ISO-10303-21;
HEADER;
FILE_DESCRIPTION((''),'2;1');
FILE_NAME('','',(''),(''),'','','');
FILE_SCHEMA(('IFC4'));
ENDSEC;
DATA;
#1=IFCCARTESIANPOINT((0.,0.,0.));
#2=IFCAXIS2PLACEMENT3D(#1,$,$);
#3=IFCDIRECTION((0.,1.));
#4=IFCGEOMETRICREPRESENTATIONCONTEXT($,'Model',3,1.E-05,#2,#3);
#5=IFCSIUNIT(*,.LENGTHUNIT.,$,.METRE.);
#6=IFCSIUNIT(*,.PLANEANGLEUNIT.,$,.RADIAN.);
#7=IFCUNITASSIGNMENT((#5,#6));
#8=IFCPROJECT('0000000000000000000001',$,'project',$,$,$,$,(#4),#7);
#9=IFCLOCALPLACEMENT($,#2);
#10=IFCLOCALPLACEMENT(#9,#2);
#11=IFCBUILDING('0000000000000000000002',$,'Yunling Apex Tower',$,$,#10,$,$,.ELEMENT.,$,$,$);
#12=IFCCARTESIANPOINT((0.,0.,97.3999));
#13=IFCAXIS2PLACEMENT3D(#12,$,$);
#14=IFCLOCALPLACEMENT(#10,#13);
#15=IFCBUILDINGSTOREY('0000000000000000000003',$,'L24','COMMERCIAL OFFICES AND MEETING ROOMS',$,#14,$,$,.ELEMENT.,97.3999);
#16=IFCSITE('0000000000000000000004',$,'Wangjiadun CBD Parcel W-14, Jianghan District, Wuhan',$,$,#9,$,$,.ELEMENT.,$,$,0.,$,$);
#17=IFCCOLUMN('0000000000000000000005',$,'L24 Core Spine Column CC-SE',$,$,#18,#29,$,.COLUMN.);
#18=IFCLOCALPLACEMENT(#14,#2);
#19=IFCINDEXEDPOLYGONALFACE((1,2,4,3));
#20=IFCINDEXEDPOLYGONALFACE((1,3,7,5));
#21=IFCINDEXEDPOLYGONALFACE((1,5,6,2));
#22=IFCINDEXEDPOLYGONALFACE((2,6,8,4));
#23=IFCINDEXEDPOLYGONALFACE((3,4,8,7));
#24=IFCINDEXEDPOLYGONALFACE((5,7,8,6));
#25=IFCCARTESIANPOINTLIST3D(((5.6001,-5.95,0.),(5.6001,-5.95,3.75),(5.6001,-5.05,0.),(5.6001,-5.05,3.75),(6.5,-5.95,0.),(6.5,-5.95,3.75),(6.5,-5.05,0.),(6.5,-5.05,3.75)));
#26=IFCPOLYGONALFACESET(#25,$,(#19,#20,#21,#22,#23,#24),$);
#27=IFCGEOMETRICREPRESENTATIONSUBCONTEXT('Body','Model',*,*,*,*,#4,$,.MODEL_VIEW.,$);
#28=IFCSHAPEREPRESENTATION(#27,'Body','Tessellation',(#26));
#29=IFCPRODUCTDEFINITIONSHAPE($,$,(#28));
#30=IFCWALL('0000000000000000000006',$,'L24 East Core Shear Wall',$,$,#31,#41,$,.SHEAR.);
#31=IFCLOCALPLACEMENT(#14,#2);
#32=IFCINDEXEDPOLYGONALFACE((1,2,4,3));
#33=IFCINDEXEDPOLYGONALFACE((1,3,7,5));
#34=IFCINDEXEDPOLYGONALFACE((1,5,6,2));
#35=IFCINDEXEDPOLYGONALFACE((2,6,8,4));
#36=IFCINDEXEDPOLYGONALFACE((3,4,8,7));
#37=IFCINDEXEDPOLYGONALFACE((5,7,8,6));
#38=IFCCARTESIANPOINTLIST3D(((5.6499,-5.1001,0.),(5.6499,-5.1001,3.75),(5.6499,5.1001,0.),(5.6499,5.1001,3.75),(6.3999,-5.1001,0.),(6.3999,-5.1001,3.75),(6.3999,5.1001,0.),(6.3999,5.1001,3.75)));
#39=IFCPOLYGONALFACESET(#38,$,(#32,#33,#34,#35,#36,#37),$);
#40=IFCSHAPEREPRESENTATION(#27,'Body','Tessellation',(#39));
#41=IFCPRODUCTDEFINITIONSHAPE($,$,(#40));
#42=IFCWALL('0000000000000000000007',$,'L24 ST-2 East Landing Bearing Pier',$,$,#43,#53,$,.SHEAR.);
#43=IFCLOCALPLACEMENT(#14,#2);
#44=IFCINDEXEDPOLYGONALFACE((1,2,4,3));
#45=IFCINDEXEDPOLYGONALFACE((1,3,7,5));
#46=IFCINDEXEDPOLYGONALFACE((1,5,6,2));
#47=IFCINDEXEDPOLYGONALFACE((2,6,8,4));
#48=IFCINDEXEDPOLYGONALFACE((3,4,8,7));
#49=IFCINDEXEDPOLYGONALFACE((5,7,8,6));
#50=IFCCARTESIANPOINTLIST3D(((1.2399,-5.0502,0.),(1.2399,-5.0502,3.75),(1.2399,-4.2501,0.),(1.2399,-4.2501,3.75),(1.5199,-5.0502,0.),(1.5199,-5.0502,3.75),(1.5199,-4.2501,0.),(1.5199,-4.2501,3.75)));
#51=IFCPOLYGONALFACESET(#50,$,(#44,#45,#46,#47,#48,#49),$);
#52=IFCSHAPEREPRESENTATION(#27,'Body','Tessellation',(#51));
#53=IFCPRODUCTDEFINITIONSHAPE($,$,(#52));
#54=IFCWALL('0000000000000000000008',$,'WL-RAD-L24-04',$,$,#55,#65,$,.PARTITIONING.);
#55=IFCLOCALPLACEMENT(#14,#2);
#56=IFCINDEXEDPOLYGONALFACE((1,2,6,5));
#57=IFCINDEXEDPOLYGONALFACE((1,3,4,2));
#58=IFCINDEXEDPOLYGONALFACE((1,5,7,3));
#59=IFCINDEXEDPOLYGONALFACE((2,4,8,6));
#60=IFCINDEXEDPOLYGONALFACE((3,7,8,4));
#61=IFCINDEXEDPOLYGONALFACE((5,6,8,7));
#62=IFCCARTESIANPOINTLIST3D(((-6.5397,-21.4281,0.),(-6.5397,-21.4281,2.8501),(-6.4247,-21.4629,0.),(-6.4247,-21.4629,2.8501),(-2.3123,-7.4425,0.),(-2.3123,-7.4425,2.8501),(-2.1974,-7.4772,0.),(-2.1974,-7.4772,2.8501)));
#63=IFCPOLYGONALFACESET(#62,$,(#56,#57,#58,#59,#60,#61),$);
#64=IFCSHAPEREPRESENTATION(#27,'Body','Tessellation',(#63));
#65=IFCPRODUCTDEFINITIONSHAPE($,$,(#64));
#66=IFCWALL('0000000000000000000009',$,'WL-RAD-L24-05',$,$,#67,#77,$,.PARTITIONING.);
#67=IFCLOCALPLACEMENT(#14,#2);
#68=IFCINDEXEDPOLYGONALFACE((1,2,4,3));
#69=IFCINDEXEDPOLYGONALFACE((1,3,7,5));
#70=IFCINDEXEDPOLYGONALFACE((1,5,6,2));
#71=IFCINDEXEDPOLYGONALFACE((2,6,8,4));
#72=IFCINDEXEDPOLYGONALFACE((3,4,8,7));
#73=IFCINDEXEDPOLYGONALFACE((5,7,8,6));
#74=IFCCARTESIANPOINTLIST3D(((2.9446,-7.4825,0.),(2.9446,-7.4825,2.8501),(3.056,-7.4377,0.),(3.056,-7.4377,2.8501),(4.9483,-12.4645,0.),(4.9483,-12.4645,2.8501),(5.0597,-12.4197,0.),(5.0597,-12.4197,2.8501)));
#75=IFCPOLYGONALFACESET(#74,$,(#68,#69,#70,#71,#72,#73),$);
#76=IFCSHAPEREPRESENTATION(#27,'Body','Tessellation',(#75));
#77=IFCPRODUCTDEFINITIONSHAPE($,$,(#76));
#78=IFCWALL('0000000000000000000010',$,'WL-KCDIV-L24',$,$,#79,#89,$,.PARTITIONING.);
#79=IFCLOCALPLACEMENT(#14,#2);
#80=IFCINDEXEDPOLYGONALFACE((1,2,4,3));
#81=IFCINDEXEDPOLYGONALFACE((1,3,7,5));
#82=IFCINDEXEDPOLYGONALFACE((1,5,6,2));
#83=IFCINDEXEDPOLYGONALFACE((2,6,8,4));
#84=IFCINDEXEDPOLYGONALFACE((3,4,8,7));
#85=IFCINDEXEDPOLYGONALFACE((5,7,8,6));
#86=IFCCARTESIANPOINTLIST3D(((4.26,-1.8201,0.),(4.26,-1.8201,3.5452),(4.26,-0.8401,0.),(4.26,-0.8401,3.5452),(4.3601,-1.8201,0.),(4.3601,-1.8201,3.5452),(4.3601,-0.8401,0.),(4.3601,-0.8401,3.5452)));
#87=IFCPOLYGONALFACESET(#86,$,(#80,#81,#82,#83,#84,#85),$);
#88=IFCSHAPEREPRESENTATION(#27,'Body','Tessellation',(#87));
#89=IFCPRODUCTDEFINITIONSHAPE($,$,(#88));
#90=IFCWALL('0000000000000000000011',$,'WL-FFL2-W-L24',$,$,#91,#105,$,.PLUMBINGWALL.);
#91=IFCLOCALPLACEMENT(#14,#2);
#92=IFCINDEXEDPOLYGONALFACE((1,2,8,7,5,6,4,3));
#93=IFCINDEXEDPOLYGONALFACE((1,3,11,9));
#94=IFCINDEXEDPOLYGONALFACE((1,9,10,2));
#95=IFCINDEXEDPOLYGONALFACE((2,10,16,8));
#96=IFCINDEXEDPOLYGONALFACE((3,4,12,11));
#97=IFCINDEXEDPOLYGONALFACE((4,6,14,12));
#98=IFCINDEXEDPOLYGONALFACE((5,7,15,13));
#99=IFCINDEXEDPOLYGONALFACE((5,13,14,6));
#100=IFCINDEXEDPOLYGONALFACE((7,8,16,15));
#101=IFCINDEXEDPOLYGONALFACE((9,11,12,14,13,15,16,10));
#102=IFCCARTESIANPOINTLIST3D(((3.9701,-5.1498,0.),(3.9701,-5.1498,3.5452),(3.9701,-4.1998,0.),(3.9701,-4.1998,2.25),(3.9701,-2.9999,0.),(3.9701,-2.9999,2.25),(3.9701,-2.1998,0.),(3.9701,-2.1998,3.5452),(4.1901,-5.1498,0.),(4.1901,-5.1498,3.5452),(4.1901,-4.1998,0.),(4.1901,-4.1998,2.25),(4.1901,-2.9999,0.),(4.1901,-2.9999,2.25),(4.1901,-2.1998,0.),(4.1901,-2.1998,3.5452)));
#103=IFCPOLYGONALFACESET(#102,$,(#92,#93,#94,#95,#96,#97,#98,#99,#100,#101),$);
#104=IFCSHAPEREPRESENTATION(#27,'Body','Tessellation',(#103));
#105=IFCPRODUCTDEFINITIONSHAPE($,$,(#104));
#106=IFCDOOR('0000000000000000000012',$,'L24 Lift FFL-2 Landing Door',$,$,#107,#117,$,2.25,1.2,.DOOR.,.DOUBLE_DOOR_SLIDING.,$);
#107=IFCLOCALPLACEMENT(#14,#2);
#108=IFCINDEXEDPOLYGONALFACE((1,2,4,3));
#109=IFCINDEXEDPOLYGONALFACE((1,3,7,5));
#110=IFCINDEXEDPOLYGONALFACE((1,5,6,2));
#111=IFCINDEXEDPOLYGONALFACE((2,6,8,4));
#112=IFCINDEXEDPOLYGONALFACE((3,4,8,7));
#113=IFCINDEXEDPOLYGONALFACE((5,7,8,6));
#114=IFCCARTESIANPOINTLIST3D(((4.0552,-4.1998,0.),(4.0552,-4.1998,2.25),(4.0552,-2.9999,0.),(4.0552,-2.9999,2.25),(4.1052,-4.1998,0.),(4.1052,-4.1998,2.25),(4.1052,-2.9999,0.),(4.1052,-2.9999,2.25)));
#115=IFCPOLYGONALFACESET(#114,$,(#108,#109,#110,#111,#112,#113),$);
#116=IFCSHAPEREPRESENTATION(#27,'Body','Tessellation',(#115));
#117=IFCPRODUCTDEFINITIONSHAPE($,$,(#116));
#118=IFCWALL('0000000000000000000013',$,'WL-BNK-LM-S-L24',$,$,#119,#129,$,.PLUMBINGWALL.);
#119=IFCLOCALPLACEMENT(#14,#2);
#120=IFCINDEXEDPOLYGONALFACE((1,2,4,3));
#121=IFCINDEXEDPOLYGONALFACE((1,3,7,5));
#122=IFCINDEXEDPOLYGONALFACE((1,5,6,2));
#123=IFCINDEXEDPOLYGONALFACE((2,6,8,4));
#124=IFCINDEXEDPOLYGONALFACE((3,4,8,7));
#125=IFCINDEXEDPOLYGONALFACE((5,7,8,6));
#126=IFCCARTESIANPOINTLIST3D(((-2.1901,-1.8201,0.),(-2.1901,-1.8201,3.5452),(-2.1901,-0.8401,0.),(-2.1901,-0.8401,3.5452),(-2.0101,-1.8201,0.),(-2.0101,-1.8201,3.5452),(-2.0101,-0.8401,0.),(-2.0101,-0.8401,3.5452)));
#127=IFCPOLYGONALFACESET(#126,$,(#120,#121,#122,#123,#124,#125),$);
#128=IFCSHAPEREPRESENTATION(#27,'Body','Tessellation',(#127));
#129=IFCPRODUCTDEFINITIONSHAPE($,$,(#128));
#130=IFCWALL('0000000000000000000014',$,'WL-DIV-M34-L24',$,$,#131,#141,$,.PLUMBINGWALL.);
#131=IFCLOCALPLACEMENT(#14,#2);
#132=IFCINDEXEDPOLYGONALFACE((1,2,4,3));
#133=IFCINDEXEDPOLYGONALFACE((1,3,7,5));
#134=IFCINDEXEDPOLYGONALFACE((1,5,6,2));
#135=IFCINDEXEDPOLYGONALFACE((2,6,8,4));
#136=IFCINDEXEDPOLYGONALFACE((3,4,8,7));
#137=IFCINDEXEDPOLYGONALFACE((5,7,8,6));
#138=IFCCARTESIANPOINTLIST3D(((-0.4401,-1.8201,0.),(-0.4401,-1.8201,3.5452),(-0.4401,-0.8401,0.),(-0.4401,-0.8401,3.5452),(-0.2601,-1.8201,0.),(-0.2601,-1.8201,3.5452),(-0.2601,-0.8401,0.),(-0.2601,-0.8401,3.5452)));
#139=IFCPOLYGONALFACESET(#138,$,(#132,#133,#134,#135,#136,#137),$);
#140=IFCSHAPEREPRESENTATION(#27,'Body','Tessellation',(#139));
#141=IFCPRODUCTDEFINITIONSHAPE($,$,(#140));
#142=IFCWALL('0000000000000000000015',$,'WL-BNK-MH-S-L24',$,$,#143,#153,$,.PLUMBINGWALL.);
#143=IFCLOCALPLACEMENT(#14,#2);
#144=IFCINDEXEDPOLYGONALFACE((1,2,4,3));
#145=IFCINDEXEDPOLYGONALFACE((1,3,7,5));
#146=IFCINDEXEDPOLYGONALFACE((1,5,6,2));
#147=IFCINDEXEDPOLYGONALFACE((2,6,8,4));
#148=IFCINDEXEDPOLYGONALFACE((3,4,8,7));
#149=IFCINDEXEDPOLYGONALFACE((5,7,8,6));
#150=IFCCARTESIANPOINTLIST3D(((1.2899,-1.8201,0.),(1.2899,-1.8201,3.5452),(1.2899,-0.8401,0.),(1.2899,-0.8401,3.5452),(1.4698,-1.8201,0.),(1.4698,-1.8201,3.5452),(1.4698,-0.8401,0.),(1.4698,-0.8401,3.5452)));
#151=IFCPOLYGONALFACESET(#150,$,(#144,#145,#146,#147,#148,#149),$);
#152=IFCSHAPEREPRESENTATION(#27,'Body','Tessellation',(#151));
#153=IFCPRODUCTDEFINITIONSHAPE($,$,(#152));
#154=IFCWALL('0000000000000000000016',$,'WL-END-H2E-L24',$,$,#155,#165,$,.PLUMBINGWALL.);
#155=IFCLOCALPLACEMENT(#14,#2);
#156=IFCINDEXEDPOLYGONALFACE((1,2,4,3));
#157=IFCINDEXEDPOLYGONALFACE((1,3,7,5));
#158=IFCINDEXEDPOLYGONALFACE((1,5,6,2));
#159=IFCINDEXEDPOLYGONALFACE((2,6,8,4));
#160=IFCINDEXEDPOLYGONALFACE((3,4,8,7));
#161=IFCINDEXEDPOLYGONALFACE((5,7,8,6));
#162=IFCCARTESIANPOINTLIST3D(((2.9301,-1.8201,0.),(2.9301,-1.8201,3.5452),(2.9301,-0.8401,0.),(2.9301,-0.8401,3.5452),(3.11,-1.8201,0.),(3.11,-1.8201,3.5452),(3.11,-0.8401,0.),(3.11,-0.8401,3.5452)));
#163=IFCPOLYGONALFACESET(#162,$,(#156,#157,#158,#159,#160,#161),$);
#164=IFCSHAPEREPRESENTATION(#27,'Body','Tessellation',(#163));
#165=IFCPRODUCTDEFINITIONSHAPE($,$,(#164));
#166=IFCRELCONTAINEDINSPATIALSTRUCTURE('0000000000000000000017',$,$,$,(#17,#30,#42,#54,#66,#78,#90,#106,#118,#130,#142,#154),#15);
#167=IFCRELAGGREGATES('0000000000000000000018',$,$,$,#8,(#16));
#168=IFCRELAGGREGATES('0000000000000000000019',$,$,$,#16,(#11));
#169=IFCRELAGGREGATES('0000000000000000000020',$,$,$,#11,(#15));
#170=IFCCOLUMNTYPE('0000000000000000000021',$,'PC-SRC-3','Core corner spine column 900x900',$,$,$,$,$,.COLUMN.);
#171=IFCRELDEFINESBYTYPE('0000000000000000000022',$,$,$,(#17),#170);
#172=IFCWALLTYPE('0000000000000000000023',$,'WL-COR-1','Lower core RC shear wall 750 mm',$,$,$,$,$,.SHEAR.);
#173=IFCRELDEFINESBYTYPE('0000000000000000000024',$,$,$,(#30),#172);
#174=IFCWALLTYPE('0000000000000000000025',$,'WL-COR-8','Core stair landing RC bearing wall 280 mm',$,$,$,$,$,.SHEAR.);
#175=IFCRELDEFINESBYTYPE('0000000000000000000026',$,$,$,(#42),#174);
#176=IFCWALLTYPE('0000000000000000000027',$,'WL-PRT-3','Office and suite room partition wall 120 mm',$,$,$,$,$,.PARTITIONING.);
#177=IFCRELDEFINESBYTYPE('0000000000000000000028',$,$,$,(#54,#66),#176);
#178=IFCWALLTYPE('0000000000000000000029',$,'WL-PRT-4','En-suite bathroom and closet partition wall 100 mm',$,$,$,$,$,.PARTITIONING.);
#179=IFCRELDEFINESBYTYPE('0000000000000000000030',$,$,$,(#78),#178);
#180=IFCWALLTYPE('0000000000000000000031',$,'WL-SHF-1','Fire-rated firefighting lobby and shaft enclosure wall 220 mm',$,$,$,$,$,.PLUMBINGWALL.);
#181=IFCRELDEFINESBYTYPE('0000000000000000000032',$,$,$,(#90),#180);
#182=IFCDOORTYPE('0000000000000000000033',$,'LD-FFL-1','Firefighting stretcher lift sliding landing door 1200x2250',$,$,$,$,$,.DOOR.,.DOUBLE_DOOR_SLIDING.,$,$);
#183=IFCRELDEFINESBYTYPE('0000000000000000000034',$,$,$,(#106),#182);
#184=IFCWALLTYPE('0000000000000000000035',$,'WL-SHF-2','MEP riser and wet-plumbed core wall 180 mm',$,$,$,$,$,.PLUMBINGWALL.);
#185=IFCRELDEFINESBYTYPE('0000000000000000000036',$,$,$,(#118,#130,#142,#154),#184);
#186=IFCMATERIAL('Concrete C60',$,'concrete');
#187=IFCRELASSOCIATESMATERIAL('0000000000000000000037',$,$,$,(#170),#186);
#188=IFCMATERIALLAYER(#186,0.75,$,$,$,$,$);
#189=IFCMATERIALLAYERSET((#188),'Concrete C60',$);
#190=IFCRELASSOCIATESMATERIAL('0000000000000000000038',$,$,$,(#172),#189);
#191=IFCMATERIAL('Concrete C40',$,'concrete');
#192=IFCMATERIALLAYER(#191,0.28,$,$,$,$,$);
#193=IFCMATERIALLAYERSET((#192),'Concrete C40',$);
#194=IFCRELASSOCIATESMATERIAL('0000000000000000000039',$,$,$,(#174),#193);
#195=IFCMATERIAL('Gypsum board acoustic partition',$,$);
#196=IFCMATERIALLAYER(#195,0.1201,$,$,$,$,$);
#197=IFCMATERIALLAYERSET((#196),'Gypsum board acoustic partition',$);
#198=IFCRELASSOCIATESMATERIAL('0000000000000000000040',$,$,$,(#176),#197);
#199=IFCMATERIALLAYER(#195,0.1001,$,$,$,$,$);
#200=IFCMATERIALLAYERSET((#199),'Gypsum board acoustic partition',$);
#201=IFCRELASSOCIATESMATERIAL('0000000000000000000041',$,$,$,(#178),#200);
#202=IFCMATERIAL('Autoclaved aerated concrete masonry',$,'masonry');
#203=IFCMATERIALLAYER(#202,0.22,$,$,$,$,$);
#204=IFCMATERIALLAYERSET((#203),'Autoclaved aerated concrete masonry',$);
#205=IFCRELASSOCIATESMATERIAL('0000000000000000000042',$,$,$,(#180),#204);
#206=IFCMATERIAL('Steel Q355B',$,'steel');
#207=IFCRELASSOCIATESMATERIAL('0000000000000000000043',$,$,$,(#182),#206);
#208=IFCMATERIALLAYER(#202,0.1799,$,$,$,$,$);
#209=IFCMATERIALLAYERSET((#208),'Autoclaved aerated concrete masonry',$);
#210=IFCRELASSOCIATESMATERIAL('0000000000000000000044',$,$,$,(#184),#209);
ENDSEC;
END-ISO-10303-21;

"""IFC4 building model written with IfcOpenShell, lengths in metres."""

from ifc_helpers import new_model, si_unit, direction, frame, frame_2d, origin, origin_2d, place, context, subcontext, project, spatial, rectangle, extrude, source, transform, mapped, material, layer, layer_set, material_profile, profile_set, type_object, element, fill, save


model = new_model("IFC4")

# Units and contexts
model_context = context("Model", 3, precision=1e-05, world=origin(), true_north=direction((0.0, 1.0)))
body_context = subcontext(model_context, "Body", "Model", "MODEL_VIEW")
ifc_project = project(units=[si_unit("LENGTHUNIT", "METRE"), si_unit("PLANEANGLEUNIT", "RADIAN")], contexts=[model_context])

# Site, building, storey
site_placement = place(None, origin())
site = spatial("IfcSite", under=ifc_project, at=site_placement, Name="Wangjiadun CBD Parcel W-14, Jianghan District, Wuhan", CompositionType="ELEMENT", RefElevation=0.0)
building_placement = place(site_placement, origin())
building = spatial("IfcBuilding", under=site, at=building_placement, Name="Yunling Apex Tower", CompositionType="ELEMENT")
storey_placement = place(building_placement, frame((0.0, 0.0, 97.3999)))
storey = spatial("IfcBuildingStorey", under=building, at=storey_placement, Name="L24", Description="COMMERCIAL OFFICES AND MEETING ROOMS", CompositionType="ELEMENT", Elevation=97.3999)

# Column
ifc_material_1 = material(Name="Concrete C60", Category="concrete")
ifc_material_profile = material_profile(ifc_material_1, rectangle(XDim=0.8999, YDim=0.8999, at=origin_2d()))
ifc_profile_set = profile_set([ifc_material_profile], Name="Concrete C60")
column_type = type_object("IfcColumnType", Name="PC-SRC-3", Description="Core corner spine column 900x900", PredefinedType="COLUMN", material=ifc_profile_set)
shared_shape = source(origin(), body_context, "Body", "SweptSolid", [
    extrude(rectangle(XDim=0.8999, YDim=0.8999, at=origin_2d()), origin(), (0.0, 0.0, 1.0), 3.75),
])
column_placement = place(storey_placement, frame((6.05, -5.5, 0.0), z_axis=(0.0, 0.0, 1.0), x_axis=(1.0, 0.0, 0.0)))
element("IfcColumn", 1, at=column_placement, inside=storey, type_object=column_type, Name="L24 Core Spine Column CC-SE", PredefinedType="COLUMN", context=body_context, shape_type="MappedRepresentation", body=[
    mapped(shared_shape, transform((0.0, 0.0, 0.0), scale=1.0)),
])

# Walls
ifc_layer_1 = layer(ifc_material_1, 0.75)
ifc_layer_set_1 = layer_set([ifc_layer_1], Name="Concrete C60")
wall_type_1 = type_object("IfcWallType", Name="WL-COR-1", Description="Lower core RC shear wall 750 mm", PredefinedType="SHEAR", material=ifc_layer_set_1)
wall_1_placement = place(storey_placement, frame((6.0249, -5.1001, 0.0), z_axis=(0.0, 0.0, 1.0), x_axis=(0.0, 1.0, 0.0)))
element("IfcWall", 2, at=wall_1_placement, inside=storey, type_object=wall_type_1, Name="L24 East Core Shear Wall", PredefinedType="SHEAR", context=body_context, shape_type="SweptSolid", body=[
    extrude(rectangle(XDim=10.2002, YDim=0.75, at=frame_2d((5.1001, 0.0))), origin(), (0.0, 0.0, 1.0), 3.75),
])
ifc_material_2 = material(Name="Concrete C40", Category="concrete")
ifc_layer_2 = layer(ifc_material_2, 0.28)
ifc_layer_set_2 = layer_set([ifc_layer_2], Name="Concrete C40")
wall_type_2 = type_object("IfcWallType", Name="WL-COR-8", Description="Core stair landing RC bearing wall 280 mm", PredefinedType="SHEAR", material=ifc_layer_set_2)
wall_2_placement = place(storey_placement, frame((1.3799, -5.05, 0.0), z_axis=(0.0, 0.0, 1.0), x_axis=(0.0, 1.0, 0.0)))
element("IfcWall", 3, at=wall_2_placement, inside=storey, type_object=wall_type_2, Name="L24 ST-2 East Landing Bearing Pier", PredefinedType="SHEAR", context=body_context, shape_type="SweptSolid", body=[
    extrude(rectangle(XDim=0.8, YDim=0.28, at=frame_2d((0.3999, 0.0))), origin(), (0.0, 0.0, 1.0), 3.75),
])
ifc_material_3 = material(Name="Gypsum board acoustic partition")
ifc_layer_3 = layer(ifc_material_3, 0.1201)
ifc_layer_set_3 = layer_set([ifc_layer_3], Name="Gypsum board acoustic partition")
wall_type_3 = type_object("IfcWallType", Name="WL-PRT-3", Description="Office and suite room partition wall 120 mm", PredefinedType="PARTITIONING", material=ifc_layer_set_3)
wall_3_placement = place(storey_placement, frame((-2.2549, -7.46, 0.0), z_axis=(0.0, 0.0, 1.0), x_axis=(-0.289333, -0.957229, 0.0)))
element("IfcWall", 4, at=wall_3_placement, inside=storey, type_object=wall_type_3, Name="WL-RAD-L24-04", PredefinedType="PARTITIONING", context=body_context, shape_type="SweptSolid", body=[
    extrude(rectangle(XDim=14.6106, YDim=0.1201, at=frame_2d((7.3052, 0.0))), origin(), (0.0, 0.0, 1.0), 2.8501),
])
wall_4_placement = place(storey_placement, frame((3.0002, -7.46, 0.0), z_axis=(0.0, 0.0, 1.0), x_axis=(0.373138, -0.927776, 0.0)))
element("IfcWall", 5, at=wall_4_placement, inside=storey, type_object=wall_type_3, Name="WL-RAD-L24-05", PredefinedType="PARTITIONING", context=body_context, shape_type="SweptSolid", body=[
    extrude(rectangle(XDim=5.3699, YDim=0.1201, at=frame_2d((2.6851, 0.0))), origin(), (0.0, 0.0, 1.0), 2.8501),
])
ifc_layer_4 = layer(ifc_material_3, 0.1001)
ifc_layer_set_4 = layer_set([ifc_layer_4], Name="Gypsum board acoustic partition")
wall_type_4 = type_object("IfcWallType", Name="WL-PRT-4", Description="En-suite bathroom and closet partition wall 100 mm", PredefinedType="PARTITIONING", material=ifc_layer_set_4)
wall_5_placement = place(storey_placement, frame((4.3101, -1.8201, 0.0), z_axis=(0.0, 0.0, 1.0), x_axis=(0.0, 1.0, 0.0)))
element("IfcWall", 6, at=wall_5_placement, inside=storey, type_object=wall_type_4, Name="WL-KCDIV-L24", PredefinedType="PARTITIONING", context=body_context, shape_type="SweptSolid", body=[
    extrude(rectangle(XDim=0.98, YDim=0.1001, at=frame_2d((0.49, 0.0))), origin(), (0.0, 0.0, 1.0), 3.5452),
])

# Wall, opening, door
ifc_material_4 = material(Name="Autoclaved aerated concrete masonry", Category="masonry")
ifc_layer_5 = layer(ifc_material_4, 0.22)
ifc_layer_set_5 = layer_set([ifc_layer_5], Name="Autoclaved aerated concrete masonry")
wall_type_5 = type_object("IfcWallType", Name="WL-SHF-1", Description="Fire-rated firefighting lobby and shaft enclosure wall 220 mm", PredefinedType="PLUMBINGWALL", material=ifc_layer_set_5)
ifc_material_5 = material(Name="Steel Q355B", Category="steel")
wall_6_placement = place(storey_placement, frame((4.0801, -5.1499, 0.0), z_axis=(0.0, 0.0, 1.0), x_axis=(0.0, 1.0, 0.0)))
wall_6 = element("IfcWall", 7, at=wall_6_placement, inside=storey, type_object=wall_type_5, Name="WL-FFL2-W-L24", PredefinedType="PLUMBINGWALL", context=body_context, shape_type="SweptSolid", body=[
    extrude(rectangle(XDim=2.95, YDim=0.22, at=frame_2d((1.4751, 0.0))), origin(), (0.0, 0.0, 1.0), 3.5452),
])
opening_1_placement = place(wall_6_placement, frame((0.95, 0.0, 0.0)))
opening_1 = element("IfcOpeningElement", 8, at=opening_1_placement, cuts=wall_6, PredefinedType="OPENING", context=body_context, shape_type="SweptSolid", body=[
    extrude(rectangle(XDim=1.2, YDim=2.25, at=frame_2d((0.6001, 1.125))), frame((0.0, 0.1201, 0.0), z_axis=(0.0, -1.0, 0.0), x_axis=(1.0, 0.0, 0.0)), (0.0, 0.0, 1.0), 0.24),
])
door_type_1 = type_object("IfcDoorType", Name="LD-FFL-1", Description="Firefighting stretcher lift sliding landing door 1200x2250", OperationType="DOUBLE_DOOR_SLIDING", PredefinedType="DOOR", material=ifc_material_5)
door_1_placement = place(opening_1_placement, origin())
door_1 = element("IfcDoor", 9, at=door_1_placement, inside=storey, type_object=door_type_1, Name="L24 Lift FFL-2 Landing Door", OperationType="DOUBLE_DOOR_SLIDING", OverallHeight=2.25, OverallWidth=1.2, PredefinedType="DOOR", context=body_context, shape_type="SweptSolid", body=[
    extrude(rectangle(XDim=1.2, YDim=2.25, at=frame_2d((0.6001, 1.125))), frame((0.0, 0.0249, 0.0), z_axis=(0.0, -1.0, 0.0), x_axis=(1.0, 0.0, 0.0)), (0.0, 0.0, 1.0), 0.05),
])
fill(opening_1, door_1)

# Walls
ifc_layer_6 = layer(ifc_material_4, 0.1799)
ifc_layer_set_6 = layer_set([ifc_layer_6], Name="Autoclaved aerated concrete masonry")
wall_type_6 = type_object("IfcWallType", Name="WL-SHF-2", Description="MEP riser and wet-plumbed core wall 180 mm", PredefinedType="PLUMBINGWALL", material=ifc_layer_set_6)
for number, where, z_axis, x_axis, name in (
    (10, (-2.1001, -1.8201, 0.0), (0.0, 0.0, 1.0), (0.0, 1.0, 0.0), "WL-BNK-LM-S-L24"),
    (11, (-0.3501, -1.8201, 0.0), (0.0, 0.0, 1.0), (0.0, 1.0, 0.0), "WL-DIV-M34-L24"),
    (12, (1.3799, -1.8201, 0.0), (0.0, 0.0, 1.0), (0.0, 1.0, 0.0), "WL-BNK-MH-S-L24"),
    (13, (3.02, -1.8201, 0.0), (0.0, 0.0, 1.0), (0.0, 1.0, 0.0), "WL-END-H2E-L24"),
):
    element("IfcWall", number, at=place(storey_placement, frame(where, z_axis=z_axis, x_axis=x_axis)), inside=storey, type_object=wall_type_6, Name=name, PredefinedType="PLUMBINGWALL", context=body_context, shape_type="SweptSolid", body=[
        extrude(rectangle(XDim=0.98, YDim=0.1799, at=frame_2d((0.49, 0.0))), origin(), (0.0, 0.0, 1.0), 3.5452),
    ])

save(model, "model.ifc")
